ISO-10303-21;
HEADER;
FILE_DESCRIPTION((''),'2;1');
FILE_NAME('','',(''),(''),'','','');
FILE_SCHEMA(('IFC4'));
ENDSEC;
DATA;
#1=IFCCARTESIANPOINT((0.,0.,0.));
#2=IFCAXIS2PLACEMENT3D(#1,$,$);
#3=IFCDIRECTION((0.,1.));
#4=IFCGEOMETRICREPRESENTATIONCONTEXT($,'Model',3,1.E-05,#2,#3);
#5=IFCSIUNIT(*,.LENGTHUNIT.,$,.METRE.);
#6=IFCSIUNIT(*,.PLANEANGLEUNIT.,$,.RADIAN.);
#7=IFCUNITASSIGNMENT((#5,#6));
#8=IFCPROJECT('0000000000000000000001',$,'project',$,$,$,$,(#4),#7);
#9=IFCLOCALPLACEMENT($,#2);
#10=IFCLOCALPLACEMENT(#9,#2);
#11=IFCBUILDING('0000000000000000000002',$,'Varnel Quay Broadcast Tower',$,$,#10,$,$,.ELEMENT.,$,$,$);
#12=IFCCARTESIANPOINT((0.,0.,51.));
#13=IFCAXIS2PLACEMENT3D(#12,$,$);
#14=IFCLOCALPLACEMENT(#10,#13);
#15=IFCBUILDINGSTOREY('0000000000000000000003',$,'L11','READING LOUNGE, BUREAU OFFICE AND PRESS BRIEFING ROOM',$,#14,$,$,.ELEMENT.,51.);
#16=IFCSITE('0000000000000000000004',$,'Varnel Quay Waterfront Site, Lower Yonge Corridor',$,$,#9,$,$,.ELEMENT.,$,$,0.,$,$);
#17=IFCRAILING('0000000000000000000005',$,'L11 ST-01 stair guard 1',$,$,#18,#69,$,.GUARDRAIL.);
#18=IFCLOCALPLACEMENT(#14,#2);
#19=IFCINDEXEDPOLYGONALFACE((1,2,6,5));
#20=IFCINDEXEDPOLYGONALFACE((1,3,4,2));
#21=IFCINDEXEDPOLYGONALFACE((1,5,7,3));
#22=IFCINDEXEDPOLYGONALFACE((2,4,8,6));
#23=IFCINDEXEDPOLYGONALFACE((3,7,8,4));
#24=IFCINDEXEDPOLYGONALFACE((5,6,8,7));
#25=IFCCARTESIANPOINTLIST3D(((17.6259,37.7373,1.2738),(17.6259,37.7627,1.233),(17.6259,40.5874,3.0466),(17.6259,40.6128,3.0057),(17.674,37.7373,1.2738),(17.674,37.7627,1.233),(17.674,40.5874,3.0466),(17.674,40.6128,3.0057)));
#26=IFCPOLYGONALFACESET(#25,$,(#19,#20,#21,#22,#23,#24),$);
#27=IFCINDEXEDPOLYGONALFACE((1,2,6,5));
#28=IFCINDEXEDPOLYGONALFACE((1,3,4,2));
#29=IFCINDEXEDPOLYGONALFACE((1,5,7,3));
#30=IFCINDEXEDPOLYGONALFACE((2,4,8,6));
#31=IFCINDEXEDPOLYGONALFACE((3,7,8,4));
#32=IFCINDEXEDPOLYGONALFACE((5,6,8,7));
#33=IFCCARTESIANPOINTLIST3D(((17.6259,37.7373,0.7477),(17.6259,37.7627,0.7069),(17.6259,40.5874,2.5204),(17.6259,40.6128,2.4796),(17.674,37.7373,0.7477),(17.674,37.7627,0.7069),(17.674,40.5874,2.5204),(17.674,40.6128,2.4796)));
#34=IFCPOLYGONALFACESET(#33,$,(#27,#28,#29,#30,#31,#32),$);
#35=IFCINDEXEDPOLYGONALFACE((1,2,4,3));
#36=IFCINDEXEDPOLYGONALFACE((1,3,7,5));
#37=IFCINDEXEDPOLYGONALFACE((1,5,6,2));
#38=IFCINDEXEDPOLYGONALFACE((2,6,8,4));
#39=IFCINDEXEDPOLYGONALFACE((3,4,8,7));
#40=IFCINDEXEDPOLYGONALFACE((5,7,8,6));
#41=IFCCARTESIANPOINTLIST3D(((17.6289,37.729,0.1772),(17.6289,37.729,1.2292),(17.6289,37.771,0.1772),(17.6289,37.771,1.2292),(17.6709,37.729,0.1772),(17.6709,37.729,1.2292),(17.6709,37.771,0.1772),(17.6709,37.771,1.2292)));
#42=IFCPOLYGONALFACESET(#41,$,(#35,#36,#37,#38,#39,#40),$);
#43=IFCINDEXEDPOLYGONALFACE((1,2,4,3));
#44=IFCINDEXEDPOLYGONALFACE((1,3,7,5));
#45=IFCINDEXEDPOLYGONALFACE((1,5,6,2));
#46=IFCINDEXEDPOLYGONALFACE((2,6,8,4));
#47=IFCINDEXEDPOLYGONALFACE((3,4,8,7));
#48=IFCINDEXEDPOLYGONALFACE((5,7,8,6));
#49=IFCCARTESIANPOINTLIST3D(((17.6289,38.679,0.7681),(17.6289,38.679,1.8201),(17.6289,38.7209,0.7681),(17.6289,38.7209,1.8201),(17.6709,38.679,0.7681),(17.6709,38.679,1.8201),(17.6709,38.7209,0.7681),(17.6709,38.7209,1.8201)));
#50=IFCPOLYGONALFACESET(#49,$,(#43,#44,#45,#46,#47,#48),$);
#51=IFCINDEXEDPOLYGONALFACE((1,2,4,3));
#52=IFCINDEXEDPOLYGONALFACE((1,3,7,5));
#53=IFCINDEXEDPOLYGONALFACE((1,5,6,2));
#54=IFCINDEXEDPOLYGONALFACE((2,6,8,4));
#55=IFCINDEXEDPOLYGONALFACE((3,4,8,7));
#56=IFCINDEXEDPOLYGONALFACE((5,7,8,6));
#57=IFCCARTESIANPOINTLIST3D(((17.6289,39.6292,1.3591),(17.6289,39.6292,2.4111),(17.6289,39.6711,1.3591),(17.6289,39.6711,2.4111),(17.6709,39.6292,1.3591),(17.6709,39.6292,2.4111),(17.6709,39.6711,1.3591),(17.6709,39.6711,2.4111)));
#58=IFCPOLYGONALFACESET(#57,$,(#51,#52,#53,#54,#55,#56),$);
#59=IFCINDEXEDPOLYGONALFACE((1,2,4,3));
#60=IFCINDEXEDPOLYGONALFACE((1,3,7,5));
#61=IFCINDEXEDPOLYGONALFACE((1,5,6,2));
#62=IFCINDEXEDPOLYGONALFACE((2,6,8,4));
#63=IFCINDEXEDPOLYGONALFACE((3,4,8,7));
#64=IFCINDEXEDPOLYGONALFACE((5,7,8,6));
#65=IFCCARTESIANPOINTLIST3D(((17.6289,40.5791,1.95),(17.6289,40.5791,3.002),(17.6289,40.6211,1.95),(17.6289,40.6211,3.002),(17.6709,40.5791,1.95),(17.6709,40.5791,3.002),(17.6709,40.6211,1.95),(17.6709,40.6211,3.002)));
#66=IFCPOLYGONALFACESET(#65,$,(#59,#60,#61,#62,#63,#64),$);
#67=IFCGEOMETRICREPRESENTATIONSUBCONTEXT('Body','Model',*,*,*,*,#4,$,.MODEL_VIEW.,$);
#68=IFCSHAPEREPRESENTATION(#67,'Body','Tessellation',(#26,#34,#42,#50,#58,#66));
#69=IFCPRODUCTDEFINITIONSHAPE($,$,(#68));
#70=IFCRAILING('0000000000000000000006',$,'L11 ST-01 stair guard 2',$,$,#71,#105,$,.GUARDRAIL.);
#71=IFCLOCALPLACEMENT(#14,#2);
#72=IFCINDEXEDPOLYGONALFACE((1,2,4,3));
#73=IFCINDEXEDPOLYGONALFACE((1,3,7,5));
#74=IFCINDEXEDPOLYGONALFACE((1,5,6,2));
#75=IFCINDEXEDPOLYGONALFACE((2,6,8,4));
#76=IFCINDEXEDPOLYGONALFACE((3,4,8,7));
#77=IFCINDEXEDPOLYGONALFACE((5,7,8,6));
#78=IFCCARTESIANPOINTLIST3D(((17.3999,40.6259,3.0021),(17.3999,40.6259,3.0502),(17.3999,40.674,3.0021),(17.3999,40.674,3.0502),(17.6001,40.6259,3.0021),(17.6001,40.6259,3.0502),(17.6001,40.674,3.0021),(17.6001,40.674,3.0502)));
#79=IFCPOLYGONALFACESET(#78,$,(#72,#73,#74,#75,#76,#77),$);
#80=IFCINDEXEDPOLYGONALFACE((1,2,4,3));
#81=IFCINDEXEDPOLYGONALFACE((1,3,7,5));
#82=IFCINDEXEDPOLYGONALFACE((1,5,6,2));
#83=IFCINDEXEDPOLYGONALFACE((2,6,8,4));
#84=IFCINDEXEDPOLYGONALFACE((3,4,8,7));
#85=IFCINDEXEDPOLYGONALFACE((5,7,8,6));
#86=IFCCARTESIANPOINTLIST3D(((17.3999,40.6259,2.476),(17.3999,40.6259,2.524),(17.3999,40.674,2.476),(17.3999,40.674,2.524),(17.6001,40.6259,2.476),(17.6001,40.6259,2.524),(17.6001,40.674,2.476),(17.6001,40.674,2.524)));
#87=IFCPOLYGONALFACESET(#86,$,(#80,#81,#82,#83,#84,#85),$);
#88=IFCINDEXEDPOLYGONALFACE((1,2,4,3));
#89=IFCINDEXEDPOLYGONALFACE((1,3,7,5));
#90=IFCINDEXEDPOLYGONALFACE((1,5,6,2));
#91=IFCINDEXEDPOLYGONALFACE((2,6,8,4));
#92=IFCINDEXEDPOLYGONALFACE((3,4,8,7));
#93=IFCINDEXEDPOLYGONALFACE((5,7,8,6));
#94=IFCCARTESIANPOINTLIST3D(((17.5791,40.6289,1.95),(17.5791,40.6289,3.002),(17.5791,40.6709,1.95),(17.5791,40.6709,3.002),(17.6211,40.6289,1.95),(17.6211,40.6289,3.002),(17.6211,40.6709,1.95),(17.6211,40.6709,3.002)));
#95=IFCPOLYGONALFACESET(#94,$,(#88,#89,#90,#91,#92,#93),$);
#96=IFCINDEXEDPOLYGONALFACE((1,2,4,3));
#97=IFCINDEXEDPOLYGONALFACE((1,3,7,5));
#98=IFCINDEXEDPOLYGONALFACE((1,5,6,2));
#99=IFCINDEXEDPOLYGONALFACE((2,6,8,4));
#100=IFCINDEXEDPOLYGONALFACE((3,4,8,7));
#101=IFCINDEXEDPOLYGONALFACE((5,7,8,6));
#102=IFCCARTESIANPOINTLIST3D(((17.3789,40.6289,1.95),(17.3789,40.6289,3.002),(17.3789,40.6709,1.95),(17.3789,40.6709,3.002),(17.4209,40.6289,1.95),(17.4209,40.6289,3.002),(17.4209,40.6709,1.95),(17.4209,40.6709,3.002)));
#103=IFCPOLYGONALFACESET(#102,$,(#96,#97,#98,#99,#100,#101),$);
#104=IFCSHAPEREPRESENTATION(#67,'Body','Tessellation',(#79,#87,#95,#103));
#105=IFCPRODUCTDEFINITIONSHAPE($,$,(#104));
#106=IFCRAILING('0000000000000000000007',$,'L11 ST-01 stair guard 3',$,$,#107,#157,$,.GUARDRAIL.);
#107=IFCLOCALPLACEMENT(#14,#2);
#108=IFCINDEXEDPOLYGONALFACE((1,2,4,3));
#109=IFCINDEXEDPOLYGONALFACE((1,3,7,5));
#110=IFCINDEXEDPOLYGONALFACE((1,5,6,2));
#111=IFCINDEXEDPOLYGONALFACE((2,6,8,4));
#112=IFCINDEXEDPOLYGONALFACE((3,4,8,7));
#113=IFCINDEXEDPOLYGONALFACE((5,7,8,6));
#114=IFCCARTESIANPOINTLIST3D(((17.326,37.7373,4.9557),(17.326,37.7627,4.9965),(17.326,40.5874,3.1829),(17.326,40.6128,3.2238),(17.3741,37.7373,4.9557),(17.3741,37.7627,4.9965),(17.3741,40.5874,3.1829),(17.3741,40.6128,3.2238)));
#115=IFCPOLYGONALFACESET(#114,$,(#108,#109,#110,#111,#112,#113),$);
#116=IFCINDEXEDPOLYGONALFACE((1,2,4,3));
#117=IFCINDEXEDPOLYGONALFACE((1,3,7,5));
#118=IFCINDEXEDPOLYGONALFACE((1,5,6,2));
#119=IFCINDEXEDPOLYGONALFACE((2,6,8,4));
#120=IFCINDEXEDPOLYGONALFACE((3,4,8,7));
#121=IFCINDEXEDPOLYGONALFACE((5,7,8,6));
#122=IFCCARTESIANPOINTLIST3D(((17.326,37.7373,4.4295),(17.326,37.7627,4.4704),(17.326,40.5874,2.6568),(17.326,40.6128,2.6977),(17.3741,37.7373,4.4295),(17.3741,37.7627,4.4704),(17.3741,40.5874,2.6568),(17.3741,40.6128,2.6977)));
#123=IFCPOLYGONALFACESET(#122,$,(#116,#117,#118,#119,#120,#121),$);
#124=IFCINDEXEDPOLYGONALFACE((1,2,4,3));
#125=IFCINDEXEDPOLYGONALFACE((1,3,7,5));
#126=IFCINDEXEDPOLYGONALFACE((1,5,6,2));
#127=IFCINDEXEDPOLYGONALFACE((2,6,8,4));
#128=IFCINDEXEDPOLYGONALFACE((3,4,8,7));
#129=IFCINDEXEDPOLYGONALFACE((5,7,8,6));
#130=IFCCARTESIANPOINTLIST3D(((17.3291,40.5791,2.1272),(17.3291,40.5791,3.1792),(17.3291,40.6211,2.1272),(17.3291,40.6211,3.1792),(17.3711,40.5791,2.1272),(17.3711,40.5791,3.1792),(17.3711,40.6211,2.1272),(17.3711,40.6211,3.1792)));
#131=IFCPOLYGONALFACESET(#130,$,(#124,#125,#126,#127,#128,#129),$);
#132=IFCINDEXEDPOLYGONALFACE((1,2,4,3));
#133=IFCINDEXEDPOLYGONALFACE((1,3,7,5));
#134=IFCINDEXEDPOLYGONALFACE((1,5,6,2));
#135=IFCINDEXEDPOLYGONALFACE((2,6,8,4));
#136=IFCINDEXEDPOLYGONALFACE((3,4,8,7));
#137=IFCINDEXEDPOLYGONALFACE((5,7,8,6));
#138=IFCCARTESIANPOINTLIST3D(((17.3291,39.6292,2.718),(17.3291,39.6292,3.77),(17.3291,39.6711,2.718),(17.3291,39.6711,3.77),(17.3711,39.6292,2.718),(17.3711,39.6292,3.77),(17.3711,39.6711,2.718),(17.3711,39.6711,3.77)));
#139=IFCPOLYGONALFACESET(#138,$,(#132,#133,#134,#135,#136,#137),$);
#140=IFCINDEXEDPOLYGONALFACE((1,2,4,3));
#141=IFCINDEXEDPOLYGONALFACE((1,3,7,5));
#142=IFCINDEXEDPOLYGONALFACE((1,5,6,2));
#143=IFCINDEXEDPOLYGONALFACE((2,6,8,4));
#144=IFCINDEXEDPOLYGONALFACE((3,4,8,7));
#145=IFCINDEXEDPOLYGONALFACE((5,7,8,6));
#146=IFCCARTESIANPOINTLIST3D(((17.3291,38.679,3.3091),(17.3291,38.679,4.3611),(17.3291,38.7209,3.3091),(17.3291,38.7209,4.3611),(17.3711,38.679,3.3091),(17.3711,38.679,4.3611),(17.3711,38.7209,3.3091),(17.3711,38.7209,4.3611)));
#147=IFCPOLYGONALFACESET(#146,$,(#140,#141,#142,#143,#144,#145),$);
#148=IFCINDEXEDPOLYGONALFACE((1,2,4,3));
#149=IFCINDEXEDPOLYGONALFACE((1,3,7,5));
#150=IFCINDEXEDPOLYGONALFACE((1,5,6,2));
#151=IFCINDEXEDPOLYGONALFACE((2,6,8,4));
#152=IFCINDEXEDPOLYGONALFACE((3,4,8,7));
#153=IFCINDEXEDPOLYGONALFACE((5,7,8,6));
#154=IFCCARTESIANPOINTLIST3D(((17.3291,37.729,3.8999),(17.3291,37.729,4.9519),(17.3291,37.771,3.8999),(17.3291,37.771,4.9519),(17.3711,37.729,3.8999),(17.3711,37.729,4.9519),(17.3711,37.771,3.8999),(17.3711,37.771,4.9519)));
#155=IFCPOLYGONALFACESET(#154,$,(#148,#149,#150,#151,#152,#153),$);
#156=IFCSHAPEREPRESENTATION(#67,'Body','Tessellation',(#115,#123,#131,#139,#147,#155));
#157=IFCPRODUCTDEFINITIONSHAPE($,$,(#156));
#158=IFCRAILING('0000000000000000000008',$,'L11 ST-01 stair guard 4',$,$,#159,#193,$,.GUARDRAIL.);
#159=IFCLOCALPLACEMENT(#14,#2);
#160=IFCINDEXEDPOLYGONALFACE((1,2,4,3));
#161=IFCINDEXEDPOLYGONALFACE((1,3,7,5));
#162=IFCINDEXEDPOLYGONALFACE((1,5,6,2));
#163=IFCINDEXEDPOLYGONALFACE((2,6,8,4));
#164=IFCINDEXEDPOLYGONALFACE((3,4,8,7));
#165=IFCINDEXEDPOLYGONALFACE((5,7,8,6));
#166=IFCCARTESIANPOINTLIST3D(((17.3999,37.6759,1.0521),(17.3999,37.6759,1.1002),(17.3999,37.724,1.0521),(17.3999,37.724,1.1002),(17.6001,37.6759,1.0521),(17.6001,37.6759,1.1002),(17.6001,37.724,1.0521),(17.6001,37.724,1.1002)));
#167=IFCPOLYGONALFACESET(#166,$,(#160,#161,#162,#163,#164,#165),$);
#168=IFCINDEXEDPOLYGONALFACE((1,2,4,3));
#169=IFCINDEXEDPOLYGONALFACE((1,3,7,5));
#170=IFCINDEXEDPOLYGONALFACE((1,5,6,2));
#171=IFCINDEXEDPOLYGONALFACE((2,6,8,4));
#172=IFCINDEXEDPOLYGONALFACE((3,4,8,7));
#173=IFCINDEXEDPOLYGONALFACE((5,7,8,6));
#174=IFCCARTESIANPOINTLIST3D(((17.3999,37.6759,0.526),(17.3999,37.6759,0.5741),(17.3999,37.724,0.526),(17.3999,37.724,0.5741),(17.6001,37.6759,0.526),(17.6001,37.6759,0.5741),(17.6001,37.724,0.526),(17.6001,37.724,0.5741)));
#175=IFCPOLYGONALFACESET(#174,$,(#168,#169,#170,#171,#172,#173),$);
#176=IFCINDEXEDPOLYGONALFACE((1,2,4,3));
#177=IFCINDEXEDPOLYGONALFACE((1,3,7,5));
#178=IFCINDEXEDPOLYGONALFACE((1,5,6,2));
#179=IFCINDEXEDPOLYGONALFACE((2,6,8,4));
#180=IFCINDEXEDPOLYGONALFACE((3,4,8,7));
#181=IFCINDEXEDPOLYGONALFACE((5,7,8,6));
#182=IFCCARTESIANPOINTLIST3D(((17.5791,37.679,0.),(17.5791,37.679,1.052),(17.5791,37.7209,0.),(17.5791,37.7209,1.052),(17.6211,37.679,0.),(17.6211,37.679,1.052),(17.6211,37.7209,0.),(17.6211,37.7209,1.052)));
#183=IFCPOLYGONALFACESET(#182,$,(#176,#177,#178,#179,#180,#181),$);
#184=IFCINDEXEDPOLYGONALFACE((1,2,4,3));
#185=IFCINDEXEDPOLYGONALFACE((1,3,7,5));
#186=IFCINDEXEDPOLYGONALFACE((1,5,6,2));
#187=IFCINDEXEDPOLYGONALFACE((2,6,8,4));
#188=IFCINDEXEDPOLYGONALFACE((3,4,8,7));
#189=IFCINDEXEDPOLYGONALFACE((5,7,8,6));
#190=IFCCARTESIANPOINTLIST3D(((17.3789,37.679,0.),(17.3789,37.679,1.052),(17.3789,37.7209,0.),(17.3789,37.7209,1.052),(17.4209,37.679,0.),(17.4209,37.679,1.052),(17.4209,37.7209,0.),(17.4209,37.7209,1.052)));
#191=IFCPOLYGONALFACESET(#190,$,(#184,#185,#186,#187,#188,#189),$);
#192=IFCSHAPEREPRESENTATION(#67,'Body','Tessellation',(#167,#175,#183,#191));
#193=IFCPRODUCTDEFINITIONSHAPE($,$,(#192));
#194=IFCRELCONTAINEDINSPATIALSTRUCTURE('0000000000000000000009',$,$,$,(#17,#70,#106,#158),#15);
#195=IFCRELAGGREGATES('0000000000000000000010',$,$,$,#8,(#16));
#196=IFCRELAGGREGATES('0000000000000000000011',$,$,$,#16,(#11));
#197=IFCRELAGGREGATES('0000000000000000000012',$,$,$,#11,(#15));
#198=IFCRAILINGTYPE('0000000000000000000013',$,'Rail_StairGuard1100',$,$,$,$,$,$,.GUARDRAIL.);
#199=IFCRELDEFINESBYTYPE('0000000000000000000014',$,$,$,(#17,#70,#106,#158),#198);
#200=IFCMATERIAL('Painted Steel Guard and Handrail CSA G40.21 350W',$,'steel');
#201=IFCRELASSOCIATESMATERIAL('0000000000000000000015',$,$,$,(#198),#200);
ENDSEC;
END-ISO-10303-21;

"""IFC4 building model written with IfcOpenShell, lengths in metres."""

from ifc_helpers import new_model, si_unit, direction, frame, origin, origin_2d, place, context, subcontext, project, spatial, rectangle, extrude, material, type_object, element, save


model = new_model("IFC4")

# Units and contexts
model_context = context("Model", 3, precision=1e-05, world=origin(), true_north=direction((0.0, 1.0)))
body_context = subcontext(model_context, "Body", "Model", "MODEL_VIEW")
ifc_project = project(units=[si_unit("LENGTHUNIT", "METRE"), si_unit("PLANEANGLEUNIT", "RADIAN")], contexts=[model_context])

# Site, building, storey
site_placement = place(None, origin())
site = spatial("IfcSite", under=ifc_project, at=site_placement, Name="Varnel Quay Waterfront Site, Lower Yonge Corridor", CompositionType="ELEMENT", RefElevation=0.0)
building_placement = place(site_placement, origin())
building = spatial("IfcBuilding", under=site, at=building_placement, Name="Varnel Quay Broadcast Tower", CompositionType="ELEMENT")
storey_placement = place(building_placement, frame((0.0, 0.0, 51.0)))
storey = spatial("IfcBuildingStorey", under=building, at=storey_placement, Name="L11", Description="READING LOUNGE, BUREAU OFFICE AND PRESS BRIEFING ROOM", CompositionType="ELEMENT", Elevation=51.0)

# Railings
ifc_material_1 = material(Name="Painted Steel Guard and Handrail CSA G40.21 350W", Category="steel")
railing_type_1 = type_object("IfcRailingType", Name="Rail_StairGuard1100", PredefinedType="GUARDRAIL", material=ifc_material_1)
railing_1_placement = place(storey_placement, frame((17.6499, 37.75, 0.1772)))
element("IfcRailing", 1, at=railing_1_placement, inside=storey, type_object=railing_type_1, Name="L11 ST-01 stair guard 1", PredefinedType="GUARDRAIL", context=body_context, shape_type="SweptSolid", body=[
    extrude(rectangle(XDim=0.0481, YDim=0.0481, at=origin_2d()), frame((0.0, 0.0, 1.0762), z_axis=(0.0, 0.849149, 0.528154), x_axis=(-1.0, 0.0, 0.0)), (0.0, 0.0, 1.0), 3.3564),
    extrude(rectangle(XDim=0.0481, YDim=0.0481, at=origin_2d()), frame((0.0, 0.0, 0.55), z_axis=(0.0, 0.849149, 0.528154), x_axis=(-1.0, 0.0, 0.0)), (0.0, 0.0, 1.0), 3.3564),
    extrude(rectangle(XDim=0.042, YDim=0.042, at=origin_2d()), origin(), (0.0, 0.0, 1.0), 1.052),
    extrude(rectangle(XDim=0.042, YDim=0.042, at=origin_2d()), frame((0.0, 0.95, 0.5908)), (0.0, 0.0, 1.0), 1.052),
    extrude(rectangle(XDim=0.042, YDim=0.042, at=origin_2d()), frame((0.0, 1.9001, 1.1819)), (0.0, 0.0, 1.0), 1.052),
    extrude(rectangle(XDim=0.042, YDim=0.042, at=origin_2d()), frame((0.0, 2.8501, 1.7727)), (0.0, 0.0, 1.0), 1.052),
])
railing_2_placement = place(storey_placement, frame((17.6001, 40.6499, 1.95)))
element("IfcRailing", 2, at=railing_2_placement, inside=storey, type_object=railing_type_1, Name="L11 ST-01 stair guard 2", PredefinedType="GUARDRAIL", context=body_context, shape_type="SweptSolid", body=[
    extrude(rectangle(XDim=0.0481, YDim=0.0481, at=origin_2d()), frame((0.0, 0.0, 1.0762), z_axis=(-1.0, 0.0, 0.0), x_axis=(0.0, -1.0, 0.0)), (0.0, 0.0, 1.0), 0.2002),
    extrude(rectangle(XDim=0.0481, YDim=0.0481, at=origin_2d()), frame((0.0, 0.0, 0.55), z_axis=(-1.0, 0.0, 0.0), x_axis=(0.0, -1.0, 0.0)), (0.0, 0.0, 1.0), 0.2002),
    extrude(rectangle(XDim=0.042, YDim=0.042, at=origin_2d()), origin(), (0.0, 0.0, 1.0), 1.052),
    extrude(rectangle(XDim=0.042, YDim=0.042, at=origin_2d()), frame((-0.2002, 0.0, 0.0)), (0.0, 0.0, 1.0), 1.052),
])
railing_3_placement = place(storey_placement, frame((17.3501, 40.6001, 2.1272)))
element("IfcRailing", 3, at=railing_3_placement, inside=storey, type_object=railing_type_1, Name="L11 ST-01 stair guard 3", PredefinedType="GUARDRAIL", context=body_context, shape_type="SweptSolid", body=[
    extrude(rectangle(XDim=0.0481, YDim=0.0481, at=origin_2d()), frame((0.0, 0.0, 1.0762), z_axis=(0.0, -0.849149, 0.528154), x_axis=(1.0, 0.0, 0.0)), (0.0, 0.0, 1.0), 3.3564),
    extrude(rectangle(XDim=0.0481, YDim=0.0481, at=origin_2d()), frame((0.0, 0.0, 0.55), z_axis=(0.0, -0.849149, 0.528154), x_axis=(1.0, 0.0, 0.0)), (0.0, 0.0, 1.0), 3.3564),
    extrude(rectangle(XDim=0.042, YDim=0.042, at=origin_2d()), origin(), (0.0, 0.0, 1.0), 1.052),
    extrude(rectangle(XDim=0.042, YDim=0.042, at=origin_2d()), frame((0.0, -0.95, 0.5908)), (0.0, 0.0, 1.0), 1.052),
    extrude(rectangle(XDim=0.042, YDim=0.042, at=origin_2d()), frame((0.0, -1.9001, 1.1819)), (0.0, 0.0, 1.0), 1.052),
    extrude(rectangle(XDim=0.042, YDim=0.042, at=origin_2d()), frame((0.0, -2.8501, 1.7727)), (0.0, 0.0, 1.0), 1.052),
])
railing_4_placement = place(storey_placement, frame((17.6001, 37.7, 0.0)))
element("IfcRailing", 4, at=railing_4_placement, inside=storey, type_object=railing_type_1, Name="L11 ST-01 stair guard 4", PredefinedType="GUARDRAIL", context=body_context, shape_type="SweptSolid", body=[
    extrude(rectangle(XDim=0.0481, YDim=0.0481, at=origin_2d()), frame((0.0, 0.0, 1.0762), z_axis=(-1.0, 0.0, 0.0), x_axis=(0.0, -1.0, 0.0)), (0.0, 0.0, 1.0), 0.2002),
    extrude(rectangle(XDim=0.0481, YDim=0.0481, at=origin_2d()), frame((0.0, 0.0, 0.55), z_axis=(-1.0, 0.0, 0.0), x_axis=(0.0, -1.0, 0.0)), (0.0, 0.0, 1.0), 0.2002),
    extrude(rectangle(XDim=0.042, YDim=0.042, at=origin_2d()), origin(), (0.0, 0.0, 1.0), 1.052),
    extrude(rectangle(XDim=0.042, YDim=0.042, at=origin_2d()), frame((-0.2002, 0.0, 0.0)), (0.0, 0.0, 1.0), 1.052),
])

save(model, "model.ifc")
